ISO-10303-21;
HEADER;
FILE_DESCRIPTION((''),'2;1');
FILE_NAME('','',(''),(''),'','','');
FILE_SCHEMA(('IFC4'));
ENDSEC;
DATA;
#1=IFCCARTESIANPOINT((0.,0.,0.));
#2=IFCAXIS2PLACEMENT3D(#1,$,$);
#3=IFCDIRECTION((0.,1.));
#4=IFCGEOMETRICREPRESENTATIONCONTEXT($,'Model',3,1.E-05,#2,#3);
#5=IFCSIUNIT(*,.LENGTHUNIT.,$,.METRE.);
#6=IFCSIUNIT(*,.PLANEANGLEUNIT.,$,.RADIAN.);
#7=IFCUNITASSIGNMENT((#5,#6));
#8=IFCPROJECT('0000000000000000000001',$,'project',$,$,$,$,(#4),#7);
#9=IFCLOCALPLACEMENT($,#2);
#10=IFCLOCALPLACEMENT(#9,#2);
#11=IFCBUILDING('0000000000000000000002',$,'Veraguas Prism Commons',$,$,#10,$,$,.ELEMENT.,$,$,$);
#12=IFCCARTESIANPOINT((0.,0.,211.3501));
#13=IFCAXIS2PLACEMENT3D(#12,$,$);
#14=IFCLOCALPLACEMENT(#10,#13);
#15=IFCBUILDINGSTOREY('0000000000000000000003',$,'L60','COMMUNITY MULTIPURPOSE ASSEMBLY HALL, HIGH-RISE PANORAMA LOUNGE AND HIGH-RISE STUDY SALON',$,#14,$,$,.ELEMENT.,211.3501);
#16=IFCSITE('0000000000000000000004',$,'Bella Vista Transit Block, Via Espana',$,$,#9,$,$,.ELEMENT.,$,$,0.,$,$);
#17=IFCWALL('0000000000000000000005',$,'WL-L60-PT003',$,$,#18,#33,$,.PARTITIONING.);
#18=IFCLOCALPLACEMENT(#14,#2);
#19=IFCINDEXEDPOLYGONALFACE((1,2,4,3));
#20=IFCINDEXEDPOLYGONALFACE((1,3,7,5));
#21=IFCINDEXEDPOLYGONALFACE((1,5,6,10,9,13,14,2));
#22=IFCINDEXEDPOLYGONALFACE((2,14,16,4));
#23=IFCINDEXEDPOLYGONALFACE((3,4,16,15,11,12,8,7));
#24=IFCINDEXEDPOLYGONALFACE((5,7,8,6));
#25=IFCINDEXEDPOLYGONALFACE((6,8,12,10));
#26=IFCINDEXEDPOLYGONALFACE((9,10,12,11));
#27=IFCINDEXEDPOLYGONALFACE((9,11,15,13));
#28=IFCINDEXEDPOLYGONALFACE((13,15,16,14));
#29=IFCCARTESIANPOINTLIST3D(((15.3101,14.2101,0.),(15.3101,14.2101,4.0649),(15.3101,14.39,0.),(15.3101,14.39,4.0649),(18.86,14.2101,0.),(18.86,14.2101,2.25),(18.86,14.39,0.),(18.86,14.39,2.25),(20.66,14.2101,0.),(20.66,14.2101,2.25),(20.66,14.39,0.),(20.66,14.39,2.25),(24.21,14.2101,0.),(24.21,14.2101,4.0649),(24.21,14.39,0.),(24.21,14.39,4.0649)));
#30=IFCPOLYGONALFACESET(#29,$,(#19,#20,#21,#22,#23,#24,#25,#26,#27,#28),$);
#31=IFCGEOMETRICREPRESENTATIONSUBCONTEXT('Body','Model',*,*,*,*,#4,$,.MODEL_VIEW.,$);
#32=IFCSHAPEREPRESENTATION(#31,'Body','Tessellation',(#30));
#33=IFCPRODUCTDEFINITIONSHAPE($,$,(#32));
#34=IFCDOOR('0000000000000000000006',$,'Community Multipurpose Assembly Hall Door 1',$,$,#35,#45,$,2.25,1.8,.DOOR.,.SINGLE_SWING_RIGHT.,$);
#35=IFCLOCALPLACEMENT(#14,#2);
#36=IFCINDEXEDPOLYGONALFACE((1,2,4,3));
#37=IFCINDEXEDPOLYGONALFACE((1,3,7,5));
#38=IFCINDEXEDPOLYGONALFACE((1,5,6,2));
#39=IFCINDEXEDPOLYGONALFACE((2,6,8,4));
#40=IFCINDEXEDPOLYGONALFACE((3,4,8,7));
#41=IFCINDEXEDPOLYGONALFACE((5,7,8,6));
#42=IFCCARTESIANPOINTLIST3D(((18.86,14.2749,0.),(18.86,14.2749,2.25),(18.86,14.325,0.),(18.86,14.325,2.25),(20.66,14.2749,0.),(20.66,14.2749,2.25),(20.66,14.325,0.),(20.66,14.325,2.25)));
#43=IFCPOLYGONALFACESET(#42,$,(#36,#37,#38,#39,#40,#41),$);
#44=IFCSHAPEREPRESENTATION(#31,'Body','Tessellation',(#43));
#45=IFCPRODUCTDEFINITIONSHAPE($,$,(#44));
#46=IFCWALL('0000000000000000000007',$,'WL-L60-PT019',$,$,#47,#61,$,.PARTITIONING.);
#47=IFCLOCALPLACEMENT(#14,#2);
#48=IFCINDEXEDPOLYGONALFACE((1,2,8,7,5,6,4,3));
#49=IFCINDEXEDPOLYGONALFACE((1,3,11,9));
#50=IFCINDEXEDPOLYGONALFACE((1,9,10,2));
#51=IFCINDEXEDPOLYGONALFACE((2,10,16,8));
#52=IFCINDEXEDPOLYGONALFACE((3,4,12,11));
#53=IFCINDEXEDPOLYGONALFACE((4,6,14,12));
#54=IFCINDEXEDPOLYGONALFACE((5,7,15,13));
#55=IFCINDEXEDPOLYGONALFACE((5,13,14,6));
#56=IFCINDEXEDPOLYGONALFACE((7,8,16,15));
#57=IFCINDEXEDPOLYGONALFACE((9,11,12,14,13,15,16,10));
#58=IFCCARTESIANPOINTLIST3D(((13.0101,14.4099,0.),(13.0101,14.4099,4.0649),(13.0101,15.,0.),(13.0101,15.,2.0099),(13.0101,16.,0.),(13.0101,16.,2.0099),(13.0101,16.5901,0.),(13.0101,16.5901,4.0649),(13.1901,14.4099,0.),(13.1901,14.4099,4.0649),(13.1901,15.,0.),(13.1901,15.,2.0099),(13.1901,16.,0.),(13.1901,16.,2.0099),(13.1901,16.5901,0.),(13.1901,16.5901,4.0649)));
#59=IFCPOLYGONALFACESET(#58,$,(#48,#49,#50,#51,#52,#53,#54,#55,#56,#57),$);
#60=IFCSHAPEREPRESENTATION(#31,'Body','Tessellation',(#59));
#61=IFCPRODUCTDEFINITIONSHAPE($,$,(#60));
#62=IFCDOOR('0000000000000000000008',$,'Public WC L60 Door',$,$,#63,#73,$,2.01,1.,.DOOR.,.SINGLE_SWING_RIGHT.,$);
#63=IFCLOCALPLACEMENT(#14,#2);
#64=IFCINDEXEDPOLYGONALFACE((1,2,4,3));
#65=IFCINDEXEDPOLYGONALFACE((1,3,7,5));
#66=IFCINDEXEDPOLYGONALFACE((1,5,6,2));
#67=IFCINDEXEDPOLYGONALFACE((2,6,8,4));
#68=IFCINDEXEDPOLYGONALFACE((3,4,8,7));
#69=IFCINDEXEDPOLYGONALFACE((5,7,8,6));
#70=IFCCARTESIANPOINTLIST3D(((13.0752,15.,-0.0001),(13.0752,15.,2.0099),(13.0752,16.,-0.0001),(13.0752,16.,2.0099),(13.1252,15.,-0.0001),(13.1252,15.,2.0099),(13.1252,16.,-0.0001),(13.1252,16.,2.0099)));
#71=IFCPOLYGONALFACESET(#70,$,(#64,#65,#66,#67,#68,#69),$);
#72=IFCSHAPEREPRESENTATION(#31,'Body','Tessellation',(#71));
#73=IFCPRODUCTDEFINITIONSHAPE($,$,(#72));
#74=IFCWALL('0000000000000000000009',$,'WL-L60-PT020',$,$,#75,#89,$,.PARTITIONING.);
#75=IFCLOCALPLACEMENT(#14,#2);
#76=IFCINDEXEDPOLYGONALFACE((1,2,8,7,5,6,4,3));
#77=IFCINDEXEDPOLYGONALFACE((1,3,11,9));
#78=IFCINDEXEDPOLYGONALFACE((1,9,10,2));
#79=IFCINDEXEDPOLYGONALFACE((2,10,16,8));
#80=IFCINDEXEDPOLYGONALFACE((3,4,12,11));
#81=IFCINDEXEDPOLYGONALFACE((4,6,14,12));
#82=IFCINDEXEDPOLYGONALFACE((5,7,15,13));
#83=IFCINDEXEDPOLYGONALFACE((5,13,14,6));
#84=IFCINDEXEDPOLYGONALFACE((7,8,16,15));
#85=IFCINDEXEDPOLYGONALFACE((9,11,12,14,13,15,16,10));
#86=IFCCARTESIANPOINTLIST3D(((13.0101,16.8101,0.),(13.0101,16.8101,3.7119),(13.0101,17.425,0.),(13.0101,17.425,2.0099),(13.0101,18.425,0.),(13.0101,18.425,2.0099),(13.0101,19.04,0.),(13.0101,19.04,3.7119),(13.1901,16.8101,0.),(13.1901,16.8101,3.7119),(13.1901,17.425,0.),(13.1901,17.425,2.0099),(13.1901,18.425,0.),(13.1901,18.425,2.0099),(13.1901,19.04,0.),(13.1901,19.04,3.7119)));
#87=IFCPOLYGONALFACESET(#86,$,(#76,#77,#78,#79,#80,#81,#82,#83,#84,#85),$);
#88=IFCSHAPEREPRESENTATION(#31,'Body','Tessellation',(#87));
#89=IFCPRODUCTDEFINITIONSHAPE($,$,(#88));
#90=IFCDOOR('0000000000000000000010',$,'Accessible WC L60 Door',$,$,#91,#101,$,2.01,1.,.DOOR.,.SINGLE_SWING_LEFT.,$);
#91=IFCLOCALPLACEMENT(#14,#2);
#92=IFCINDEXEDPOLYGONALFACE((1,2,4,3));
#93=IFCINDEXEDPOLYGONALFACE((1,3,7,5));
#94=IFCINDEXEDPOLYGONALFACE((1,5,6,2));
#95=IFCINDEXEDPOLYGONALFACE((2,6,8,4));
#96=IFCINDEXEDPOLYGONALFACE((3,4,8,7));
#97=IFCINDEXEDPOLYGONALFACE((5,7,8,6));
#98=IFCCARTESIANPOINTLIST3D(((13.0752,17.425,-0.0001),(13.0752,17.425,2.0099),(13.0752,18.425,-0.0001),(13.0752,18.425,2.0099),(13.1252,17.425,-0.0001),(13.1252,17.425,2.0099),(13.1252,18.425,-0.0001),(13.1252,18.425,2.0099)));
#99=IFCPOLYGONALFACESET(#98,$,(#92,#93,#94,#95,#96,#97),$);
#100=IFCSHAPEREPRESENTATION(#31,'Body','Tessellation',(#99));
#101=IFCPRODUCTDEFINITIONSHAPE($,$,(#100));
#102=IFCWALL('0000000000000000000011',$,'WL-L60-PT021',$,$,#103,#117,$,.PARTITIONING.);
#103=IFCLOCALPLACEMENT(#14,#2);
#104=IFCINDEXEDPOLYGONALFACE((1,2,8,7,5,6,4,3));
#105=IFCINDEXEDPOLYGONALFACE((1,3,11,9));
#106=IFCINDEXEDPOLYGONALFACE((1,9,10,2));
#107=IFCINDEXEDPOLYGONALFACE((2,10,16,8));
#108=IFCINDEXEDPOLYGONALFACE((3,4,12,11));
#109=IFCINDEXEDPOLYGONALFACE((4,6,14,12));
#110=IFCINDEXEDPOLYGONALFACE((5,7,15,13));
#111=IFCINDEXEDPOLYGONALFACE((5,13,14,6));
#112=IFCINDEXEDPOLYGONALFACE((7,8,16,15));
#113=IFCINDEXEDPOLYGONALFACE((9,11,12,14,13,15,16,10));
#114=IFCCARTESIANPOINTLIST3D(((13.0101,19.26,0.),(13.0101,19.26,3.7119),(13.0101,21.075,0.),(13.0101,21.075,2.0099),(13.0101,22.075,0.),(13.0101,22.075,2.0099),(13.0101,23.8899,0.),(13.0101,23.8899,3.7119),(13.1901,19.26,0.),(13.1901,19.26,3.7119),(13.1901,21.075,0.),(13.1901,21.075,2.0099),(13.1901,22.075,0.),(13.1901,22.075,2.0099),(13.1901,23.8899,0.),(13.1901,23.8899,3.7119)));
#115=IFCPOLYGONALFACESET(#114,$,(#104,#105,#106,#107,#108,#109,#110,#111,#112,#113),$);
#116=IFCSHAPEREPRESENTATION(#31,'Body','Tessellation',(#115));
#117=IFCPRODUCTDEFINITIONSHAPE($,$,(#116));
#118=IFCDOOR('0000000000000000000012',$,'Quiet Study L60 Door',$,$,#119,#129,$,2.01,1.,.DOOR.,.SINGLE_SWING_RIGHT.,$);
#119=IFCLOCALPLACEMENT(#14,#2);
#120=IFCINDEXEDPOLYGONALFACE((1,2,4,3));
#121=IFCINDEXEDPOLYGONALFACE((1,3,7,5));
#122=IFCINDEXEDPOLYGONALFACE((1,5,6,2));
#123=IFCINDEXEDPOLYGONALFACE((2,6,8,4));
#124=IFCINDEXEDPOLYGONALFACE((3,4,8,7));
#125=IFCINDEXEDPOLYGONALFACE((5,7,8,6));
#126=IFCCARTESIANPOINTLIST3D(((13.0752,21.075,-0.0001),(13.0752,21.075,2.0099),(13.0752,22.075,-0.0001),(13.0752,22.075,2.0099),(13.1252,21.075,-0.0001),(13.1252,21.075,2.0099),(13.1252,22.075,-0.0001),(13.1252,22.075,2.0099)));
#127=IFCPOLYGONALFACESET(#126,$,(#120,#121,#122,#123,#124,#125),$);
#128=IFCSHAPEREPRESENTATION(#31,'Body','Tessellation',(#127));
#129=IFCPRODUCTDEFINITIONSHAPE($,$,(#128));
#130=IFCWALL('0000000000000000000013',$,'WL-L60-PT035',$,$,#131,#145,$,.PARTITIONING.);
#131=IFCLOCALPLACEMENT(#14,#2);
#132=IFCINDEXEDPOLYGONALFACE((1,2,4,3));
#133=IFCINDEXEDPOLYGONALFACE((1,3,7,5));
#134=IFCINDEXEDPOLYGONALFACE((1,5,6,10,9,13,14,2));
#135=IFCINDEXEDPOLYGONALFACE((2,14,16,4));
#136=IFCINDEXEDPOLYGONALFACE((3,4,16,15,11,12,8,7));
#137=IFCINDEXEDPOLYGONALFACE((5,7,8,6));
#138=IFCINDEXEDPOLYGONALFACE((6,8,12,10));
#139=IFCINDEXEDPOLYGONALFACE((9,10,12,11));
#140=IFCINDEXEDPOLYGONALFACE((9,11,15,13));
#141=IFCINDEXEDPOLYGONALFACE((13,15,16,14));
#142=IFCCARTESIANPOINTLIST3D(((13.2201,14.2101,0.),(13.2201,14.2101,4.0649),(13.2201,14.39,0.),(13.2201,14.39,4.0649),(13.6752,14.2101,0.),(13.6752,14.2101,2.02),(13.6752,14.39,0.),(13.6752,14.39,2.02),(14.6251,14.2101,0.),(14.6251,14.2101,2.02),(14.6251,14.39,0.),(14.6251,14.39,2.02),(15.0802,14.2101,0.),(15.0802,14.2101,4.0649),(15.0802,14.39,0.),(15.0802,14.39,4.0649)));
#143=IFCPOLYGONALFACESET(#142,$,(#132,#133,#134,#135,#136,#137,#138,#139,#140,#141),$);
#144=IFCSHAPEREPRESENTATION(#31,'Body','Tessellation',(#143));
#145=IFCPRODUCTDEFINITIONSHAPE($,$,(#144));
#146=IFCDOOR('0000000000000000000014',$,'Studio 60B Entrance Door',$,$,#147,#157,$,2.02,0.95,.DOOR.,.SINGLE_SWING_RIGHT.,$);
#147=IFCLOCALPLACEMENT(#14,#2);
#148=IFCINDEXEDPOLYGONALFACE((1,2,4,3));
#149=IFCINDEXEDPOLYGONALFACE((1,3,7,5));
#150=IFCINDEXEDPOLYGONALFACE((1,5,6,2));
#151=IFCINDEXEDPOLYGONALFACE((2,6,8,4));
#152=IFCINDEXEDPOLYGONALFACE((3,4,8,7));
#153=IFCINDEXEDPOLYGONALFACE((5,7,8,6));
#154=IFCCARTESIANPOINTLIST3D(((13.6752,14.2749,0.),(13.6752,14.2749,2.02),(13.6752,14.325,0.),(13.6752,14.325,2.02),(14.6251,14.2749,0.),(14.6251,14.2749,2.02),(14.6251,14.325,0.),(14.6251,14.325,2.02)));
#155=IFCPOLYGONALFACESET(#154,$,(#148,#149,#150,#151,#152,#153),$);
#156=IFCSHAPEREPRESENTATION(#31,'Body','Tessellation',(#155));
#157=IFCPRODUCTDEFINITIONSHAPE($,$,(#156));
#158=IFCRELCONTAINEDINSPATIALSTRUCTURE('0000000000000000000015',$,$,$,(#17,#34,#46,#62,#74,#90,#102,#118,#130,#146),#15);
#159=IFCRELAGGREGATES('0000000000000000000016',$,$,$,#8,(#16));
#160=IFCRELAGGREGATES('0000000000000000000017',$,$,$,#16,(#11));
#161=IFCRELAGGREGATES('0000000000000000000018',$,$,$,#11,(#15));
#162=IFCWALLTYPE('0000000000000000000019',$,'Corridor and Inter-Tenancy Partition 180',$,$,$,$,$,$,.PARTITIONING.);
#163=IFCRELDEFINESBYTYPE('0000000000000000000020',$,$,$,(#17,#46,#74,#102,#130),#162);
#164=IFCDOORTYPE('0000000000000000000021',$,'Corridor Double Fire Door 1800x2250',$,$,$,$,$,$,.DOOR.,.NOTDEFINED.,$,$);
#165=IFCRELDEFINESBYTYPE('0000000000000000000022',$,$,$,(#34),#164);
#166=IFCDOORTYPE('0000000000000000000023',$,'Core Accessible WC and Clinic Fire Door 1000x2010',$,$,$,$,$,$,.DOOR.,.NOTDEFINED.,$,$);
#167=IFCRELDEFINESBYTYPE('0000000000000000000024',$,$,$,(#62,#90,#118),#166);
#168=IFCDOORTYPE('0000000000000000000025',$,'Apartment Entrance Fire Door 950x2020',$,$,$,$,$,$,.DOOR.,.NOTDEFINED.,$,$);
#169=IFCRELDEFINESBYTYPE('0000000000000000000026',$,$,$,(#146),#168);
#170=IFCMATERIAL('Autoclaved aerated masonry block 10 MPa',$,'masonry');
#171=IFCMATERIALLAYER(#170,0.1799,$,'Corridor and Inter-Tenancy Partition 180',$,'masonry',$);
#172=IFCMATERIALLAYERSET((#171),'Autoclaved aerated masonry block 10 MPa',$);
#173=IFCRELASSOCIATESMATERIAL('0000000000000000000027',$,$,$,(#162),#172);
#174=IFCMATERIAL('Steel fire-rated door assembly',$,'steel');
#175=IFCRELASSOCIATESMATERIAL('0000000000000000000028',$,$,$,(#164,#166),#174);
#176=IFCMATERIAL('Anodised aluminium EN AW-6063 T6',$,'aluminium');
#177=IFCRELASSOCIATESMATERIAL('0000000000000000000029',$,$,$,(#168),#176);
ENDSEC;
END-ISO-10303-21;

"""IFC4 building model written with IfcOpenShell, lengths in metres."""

from ifc_helpers import new_model, si_unit, direction, frame, frame_2d, origin, place, context, subcontext, project, spatial, rectangle, extrude, source, transform, mapped, material, layer, layer_set, type_object, element, fill, save


model = new_model("IFC4")

# Units and contexts
model_context = context("Model", 3, precision=1e-05, world=origin(), true_north=direction((0.0, 1.0)))
body_context = subcontext(model_context, "Body", "Model", "MODEL_VIEW")
ifc_project = project(units=[si_unit("LENGTHUNIT", "METRE"), si_unit("PLANEANGLEUNIT", "RADIAN")], contexts=[model_context])

# Site, building, storey
site_placement = place(None, origin())
site = spatial("IfcSite", under=ifc_project, at=site_placement, Name="Bella Vista Transit Block, Via Espana", CompositionType="ELEMENT", RefElevation=0.0)
building_placement = place(site_placement, origin())
building = spatial("IfcBuilding", under=site, at=building_placement, Name="Veraguas Prism Commons", CompositionType="ELEMENT")
storey_placement = place(building_placement, frame((0.0, 0.0, 211.3501)))
storey = spatial("IfcBuildingStorey", under=building, at=storey_placement, Name="L60", Description="COMMUNITY MULTIPURPOSE ASSEMBLY HALL, HIGH-RISE PANORAMA LOUNGE AND HIGH-RISE STUDY SALON", CompositionType="ELEMENT", Elevation=211.3501)

# Shared definitions
ifc_material_1 = material(Name="Steel fire-rated door assembly", Category="steel")

# Shared definitions
ifc_material_2 = material(Name="Autoclaved aerated masonry block 10 MPa", Category="masonry")
ifc_layer_1 = layer(ifc_material_2, 0.1799, Name="Corridor and Inter-Tenancy Partition 180", Category="masonry")
ifc_layer_set_1 = layer_set([ifc_layer_1], Name="Autoclaved aerated masonry block 10 MPa")
wall_type_1 = type_object("IfcWallType", Name="Corridor and Inter-Tenancy Partition 180", PredefinedType="PARTITIONING", material=ifc_layer_set_1)

# Walls, openings, doors
wall_1_placement = place(storey_placement, frame((15.3101, 14.3, 0.0), z_axis=(0.0, 0.0, 1.0), x_axis=(1.0, 0.0, 0.0)))
wall_1 = element("IfcWall", 1, at=wall_1_placement, inside=storey, type_object=wall_type_1, Name="WL-L60-PT003", PredefinedType="PARTITIONING", context=body_context, shape_type="SweptSolid", body=[
    extrude(rectangle(XDim=8.8999, YDim=0.1799, at=frame_2d((4.45, 0.0))), origin(), (0.0, 0.0, 1.0), 4.0649),
])
opening_1_placement = place(wall_1_placement, frame((3.55, 0.0, 0.0)))
opening_1 = element("IfcOpeningElement", 2, at=opening_1_placement, cuts=wall_1, PredefinedType="OPENING", context=body_context, shape_type="SweptSolid", body=[
    extrude(rectangle(XDim=1.8, YDim=2.25, at=frame_2d((0.8999, 1.125))), frame((0.0, 0.0999, 0.0), z_axis=(0.0, -1.0, 0.0), x_axis=(1.0, 0.0, 0.0)), (0.0, 0.0, 1.0), 0.2),
])
door_type_1 = type_object("IfcDoorType", Name="Corridor Double Fire Door 1800x2250", OperationType="NOTDEFINED", PredefinedType="DOOR", material=ifc_material_1)
shared_shape_1 = source(origin(), body_context, "Body", "SweptSolid", [
    extrude(rectangle(XDim=1.8, YDim=2.25, at=frame_2d((0.8999, 1.125))), frame((0.0, 0.0249, 0.0), z_axis=(0.0, -1.0, 0.0), x_axis=(1.0, 0.0, 0.0)), (0.0, 0.0, 1.0), 0.05),
])
door_1_placement = place(opening_1_placement, origin())
door_1 = element("IfcDoor", 3, at=door_1_placement, inside=storey, type_object=door_type_1, Name="Community Multipurpose Assembly Hall Door 1", OperationType="SINGLE_SWING_RIGHT", OverallHeight=2.25, OverallWidth=1.8, PredefinedType="DOOR", context=body_context, shape_type="MappedRepresentation", body=[
    mapped(shared_shape_1, transform((0.0, 0.0, 0.0), scale=1.0)),
])
fill(opening_1, door_1)
wall_2_placement = place(storey_placement, frame((13.1001, 14.4099, 0.0), z_axis=(0.0, 0.0, 1.0), x_axis=(0.0, 1.0, 0.0)))
wall_2 = element("IfcWall", 4, at=wall_2_placement, inside=storey, type_object=wall_type_1, Name="WL-L60-PT019", PredefinedType="PARTITIONING", context=body_context, shape_type="SweptSolid", body=[
    extrude(rectangle(XDim=2.1802, YDim=0.1799, at=frame_2d((1.0901, 0.0))), origin(), (0.0, 0.0, 1.0), 4.0649),
])
opening_2_placement = place(wall_2_placement, frame((0.5901, 0.0, 0.0)))
opening_2 = element("IfcOpeningElement", 5, at=opening_2_placement, cuts=wall_2, PredefinedType="OPENING", context=body_context, shape_type="SweptSolid", body=[
    extrude(rectangle(XDim=1.0, YDim=2.01, at=frame_2d((0.5, 1.0049))), frame((0.0, 0.0999, 0.0), z_axis=(0.0, -1.0, 0.0), x_axis=(1.0, 0.0, 0.0)), (0.0, 0.0, 1.0), 0.2),
])
door_type_2 = type_object("IfcDoorType", Name="Core Accessible WC and Clinic Fire Door 1000x2010", OperationType="NOTDEFINED", PredefinedType="DOOR", material=ifc_material_1)
shared_shape_2 = source(origin(), body_context, "Body", "SweptSolid", [
    extrude(rectangle(XDim=1.0, YDim=2.01, at=frame_2d((0.5, 1.0049))), frame((0.0, 0.0249, 0.0), z_axis=(0.0, -1.0, 0.0), x_axis=(1.0, 0.0, 0.0)), (0.0, 0.0, 1.0), 0.05),
])
door_2_placement = place(opening_2_placement, origin())
door_2 = element("IfcDoor", 6, at=door_2_placement, inside=storey, type_object=door_type_2, Name="Public WC L60 Door", OperationType="SINGLE_SWING_RIGHT", OverallHeight=2.01, OverallWidth=1.0, PredefinedType="DOOR", context=body_context, shape_type="MappedRepresentation", body=[
    mapped(shared_shape_2, transform((0.0, 0.0, 0.0), scale=1.0)),
])
fill(opening_2, door_2)
wall_3_placement = place(storey_placement, frame((13.1001, 16.8101, 0.0), z_axis=(0.0, 0.0, 1.0), x_axis=(0.0, 1.0, 0.0)))
wall_3 = element("IfcWall", 7, at=wall_3_placement, inside=storey, type_object=wall_type_1, Name="WL-L60-PT020", PredefinedType="PARTITIONING", context=body_context, shape_type="SweptSolid", body=[
    extrude(rectangle(XDim=2.23, YDim=0.1799, at=frame_2d((1.115, 0.0))), origin(), (0.0, 0.0, 1.0), 3.7119),
])
opening_3_placement = place(wall_3_placement, frame((0.615, 0.0, 0.0)))
opening_3 = element("IfcOpeningElement", 8, at=opening_3_placement, cuts=wall_3, PredefinedType="OPENING", context=body_context, shape_type="SweptSolid", body=[
    extrude(rectangle(XDim=1.0, YDim=2.01, at=frame_2d((0.5, 1.0049))), frame((0.0, 0.0999, 0.0), z_axis=(0.0, -1.0, 0.0), x_axis=(1.0, 0.0, 0.0)), (0.0, 0.0, 1.0), 0.2),
])
door_3_placement = place(opening_3_placement, origin())
door_3 = element("IfcDoor", 9, at=door_3_placement, inside=storey, type_object=door_type_2, Name="Accessible WC L60 Door", OperationType="SINGLE_SWING_LEFT", OverallHeight=2.01, OverallWidth=1.0, PredefinedType="DOOR", context=body_context, shape_type="MappedRepresentation", body=[
    mapped(shared_shape_2, transform((0.0, 0.0, 0.0), scale=1.0)),
])
fill(opening_3, door_3)
wall_4_placement = place(storey_placement, frame((13.1001, 19.26, 0.0), z_axis=(0.0, 0.0, 1.0), x_axis=(0.0, 1.0, 0.0)))
wall_4 = element("IfcWall", 10, at=wall_4_placement, inside=storey, type_object=wall_type_1, Name="WL-L60-PT021", PredefinedType="PARTITIONING", context=body_context, shape_type="SweptSolid", body=[
    extrude(rectangle(XDim=4.6299, YDim=0.1799, at=frame_2d((2.3149, 0.0))), origin(), (0.0, 0.0, 1.0), 3.7119),
])
opening_4_placement = place(wall_4_placement, frame((1.8149, 0.0, 0.0)))
opening_4 = element("IfcOpeningElement", 11, at=opening_4_placement, cuts=wall_4, PredefinedType="OPENING", context=body_context, shape_type="SweptSolid", body=[
    extrude(rectangle(XDim=1.0, YDim=2.01, at=frame_2d((0.5, 1.0049))), frame((0.0, 0.0999, 0.0), z_axis=(0.0, -1.0, 0.0), x_axis=(1.0, 0.0, 0.0)), (0.0, 0.0, 1.0), 0.2),
])
door_4_placement = place(opening_4_placement, origin())
door_4 = element("IfcDoor", 12, at=door_4_placement, inside=storey, type_object=door_type_2, Name="Quiet Study L60 Door", OperationType="SINGLE_SWING_RIGHT", OverallHeight=2.01, OverallWidth=1.0, PredefinedType="DOOR", context=body_context, shape_type="MappedRepresentation", body=[
    mapped(shared_shape_2, transform((0.0, 0.0, 0.0), scale=1.0)),
])
fill(opening_4, door_4)
wall_5_placement = place(storey_placement, frame((13.22, 14.3, 0.0), z_axis=(0.0, 0.0, 1.0), x_axis=(1.0, 0.0, 0.0)))
wall_5 = element("IfcWall", 13, at=wall_5_placement, inside=storey, type_object=wall_type_1, Name="WL-L60-PT035", PredefinedType="PARTITIONING", context=body_context, shape_type="SweptSolid", body=[
    extrude(rectangle(XDim=1.8601, YDim=0.1799, at=frame_2d((0.9302, 0.0))), origin(), (0.0, 0.0, 1.0), 4.0649),
])
opening_5_placement = place(wall_5_placement, frame((0.4551, 0.0, 0.0)))
opening_5 = element("IfcOpeningElement", 14, at=opening_5_placement, cuts=wall_5, PredefinedType="OPENING", context=body_context, shape_type="SweptSolid", body=[
    extrude(rectangle(XDim=0.95, YDim=2.02, at=frame_2d((0.4751, 1.01))), frame((0.0, 0.0999, 0.0), z_axis=(0.0, -1.0, 0.0), x_axis=(1.0, 0.0, 0.0)), (0.0, 0.0, 1.0), 0.2),
])
ifc_material_3 = material(Name="Anodised aluminium EN AW-6063 T6", Category="aluminium")
door_type_3 = type_object("IfcDoorType", Name="Apartment Entrance Fire Door 950x2020", OperationType="NOTDEFINED", PredefinedType="DOOR", material=ifc_material_3)
shared_shape_3 = source(origin(), body_context, "Body", "SweptSolid", [
    extrude(rectangle(XDim=0.95, YDim=2.02, at=frame_2d((0.4751, 1.01))), frame((0.0, 0.0249, 0.0), z_axis=(0.0, -1.0, 0.0), x_axis=(1.0, 0.0, 0.0)), (0.0, 0.0, 1.0), 0.05),
])
door_5_placement = place(opening_5_placement, origin())
door_5 = element("IfcDoor", 15, at=door_5_placement, inside=storey, type_object=door_type_3, Name="Studio 60B Entrance Door", OperationType="SINGLE_SWING_RIGHT", OverallHeight=2.02, OverallWidth=0.95, PredefinedType="DOOR", context=body_context, shape_type="MappedRepresentation", body=[
    mapped(shared_shape_3, transform((0.0, 0.0, 0.0), scale=1.0)),
])
fill(opening_5, door_5)

save(model, "model.ifc")
